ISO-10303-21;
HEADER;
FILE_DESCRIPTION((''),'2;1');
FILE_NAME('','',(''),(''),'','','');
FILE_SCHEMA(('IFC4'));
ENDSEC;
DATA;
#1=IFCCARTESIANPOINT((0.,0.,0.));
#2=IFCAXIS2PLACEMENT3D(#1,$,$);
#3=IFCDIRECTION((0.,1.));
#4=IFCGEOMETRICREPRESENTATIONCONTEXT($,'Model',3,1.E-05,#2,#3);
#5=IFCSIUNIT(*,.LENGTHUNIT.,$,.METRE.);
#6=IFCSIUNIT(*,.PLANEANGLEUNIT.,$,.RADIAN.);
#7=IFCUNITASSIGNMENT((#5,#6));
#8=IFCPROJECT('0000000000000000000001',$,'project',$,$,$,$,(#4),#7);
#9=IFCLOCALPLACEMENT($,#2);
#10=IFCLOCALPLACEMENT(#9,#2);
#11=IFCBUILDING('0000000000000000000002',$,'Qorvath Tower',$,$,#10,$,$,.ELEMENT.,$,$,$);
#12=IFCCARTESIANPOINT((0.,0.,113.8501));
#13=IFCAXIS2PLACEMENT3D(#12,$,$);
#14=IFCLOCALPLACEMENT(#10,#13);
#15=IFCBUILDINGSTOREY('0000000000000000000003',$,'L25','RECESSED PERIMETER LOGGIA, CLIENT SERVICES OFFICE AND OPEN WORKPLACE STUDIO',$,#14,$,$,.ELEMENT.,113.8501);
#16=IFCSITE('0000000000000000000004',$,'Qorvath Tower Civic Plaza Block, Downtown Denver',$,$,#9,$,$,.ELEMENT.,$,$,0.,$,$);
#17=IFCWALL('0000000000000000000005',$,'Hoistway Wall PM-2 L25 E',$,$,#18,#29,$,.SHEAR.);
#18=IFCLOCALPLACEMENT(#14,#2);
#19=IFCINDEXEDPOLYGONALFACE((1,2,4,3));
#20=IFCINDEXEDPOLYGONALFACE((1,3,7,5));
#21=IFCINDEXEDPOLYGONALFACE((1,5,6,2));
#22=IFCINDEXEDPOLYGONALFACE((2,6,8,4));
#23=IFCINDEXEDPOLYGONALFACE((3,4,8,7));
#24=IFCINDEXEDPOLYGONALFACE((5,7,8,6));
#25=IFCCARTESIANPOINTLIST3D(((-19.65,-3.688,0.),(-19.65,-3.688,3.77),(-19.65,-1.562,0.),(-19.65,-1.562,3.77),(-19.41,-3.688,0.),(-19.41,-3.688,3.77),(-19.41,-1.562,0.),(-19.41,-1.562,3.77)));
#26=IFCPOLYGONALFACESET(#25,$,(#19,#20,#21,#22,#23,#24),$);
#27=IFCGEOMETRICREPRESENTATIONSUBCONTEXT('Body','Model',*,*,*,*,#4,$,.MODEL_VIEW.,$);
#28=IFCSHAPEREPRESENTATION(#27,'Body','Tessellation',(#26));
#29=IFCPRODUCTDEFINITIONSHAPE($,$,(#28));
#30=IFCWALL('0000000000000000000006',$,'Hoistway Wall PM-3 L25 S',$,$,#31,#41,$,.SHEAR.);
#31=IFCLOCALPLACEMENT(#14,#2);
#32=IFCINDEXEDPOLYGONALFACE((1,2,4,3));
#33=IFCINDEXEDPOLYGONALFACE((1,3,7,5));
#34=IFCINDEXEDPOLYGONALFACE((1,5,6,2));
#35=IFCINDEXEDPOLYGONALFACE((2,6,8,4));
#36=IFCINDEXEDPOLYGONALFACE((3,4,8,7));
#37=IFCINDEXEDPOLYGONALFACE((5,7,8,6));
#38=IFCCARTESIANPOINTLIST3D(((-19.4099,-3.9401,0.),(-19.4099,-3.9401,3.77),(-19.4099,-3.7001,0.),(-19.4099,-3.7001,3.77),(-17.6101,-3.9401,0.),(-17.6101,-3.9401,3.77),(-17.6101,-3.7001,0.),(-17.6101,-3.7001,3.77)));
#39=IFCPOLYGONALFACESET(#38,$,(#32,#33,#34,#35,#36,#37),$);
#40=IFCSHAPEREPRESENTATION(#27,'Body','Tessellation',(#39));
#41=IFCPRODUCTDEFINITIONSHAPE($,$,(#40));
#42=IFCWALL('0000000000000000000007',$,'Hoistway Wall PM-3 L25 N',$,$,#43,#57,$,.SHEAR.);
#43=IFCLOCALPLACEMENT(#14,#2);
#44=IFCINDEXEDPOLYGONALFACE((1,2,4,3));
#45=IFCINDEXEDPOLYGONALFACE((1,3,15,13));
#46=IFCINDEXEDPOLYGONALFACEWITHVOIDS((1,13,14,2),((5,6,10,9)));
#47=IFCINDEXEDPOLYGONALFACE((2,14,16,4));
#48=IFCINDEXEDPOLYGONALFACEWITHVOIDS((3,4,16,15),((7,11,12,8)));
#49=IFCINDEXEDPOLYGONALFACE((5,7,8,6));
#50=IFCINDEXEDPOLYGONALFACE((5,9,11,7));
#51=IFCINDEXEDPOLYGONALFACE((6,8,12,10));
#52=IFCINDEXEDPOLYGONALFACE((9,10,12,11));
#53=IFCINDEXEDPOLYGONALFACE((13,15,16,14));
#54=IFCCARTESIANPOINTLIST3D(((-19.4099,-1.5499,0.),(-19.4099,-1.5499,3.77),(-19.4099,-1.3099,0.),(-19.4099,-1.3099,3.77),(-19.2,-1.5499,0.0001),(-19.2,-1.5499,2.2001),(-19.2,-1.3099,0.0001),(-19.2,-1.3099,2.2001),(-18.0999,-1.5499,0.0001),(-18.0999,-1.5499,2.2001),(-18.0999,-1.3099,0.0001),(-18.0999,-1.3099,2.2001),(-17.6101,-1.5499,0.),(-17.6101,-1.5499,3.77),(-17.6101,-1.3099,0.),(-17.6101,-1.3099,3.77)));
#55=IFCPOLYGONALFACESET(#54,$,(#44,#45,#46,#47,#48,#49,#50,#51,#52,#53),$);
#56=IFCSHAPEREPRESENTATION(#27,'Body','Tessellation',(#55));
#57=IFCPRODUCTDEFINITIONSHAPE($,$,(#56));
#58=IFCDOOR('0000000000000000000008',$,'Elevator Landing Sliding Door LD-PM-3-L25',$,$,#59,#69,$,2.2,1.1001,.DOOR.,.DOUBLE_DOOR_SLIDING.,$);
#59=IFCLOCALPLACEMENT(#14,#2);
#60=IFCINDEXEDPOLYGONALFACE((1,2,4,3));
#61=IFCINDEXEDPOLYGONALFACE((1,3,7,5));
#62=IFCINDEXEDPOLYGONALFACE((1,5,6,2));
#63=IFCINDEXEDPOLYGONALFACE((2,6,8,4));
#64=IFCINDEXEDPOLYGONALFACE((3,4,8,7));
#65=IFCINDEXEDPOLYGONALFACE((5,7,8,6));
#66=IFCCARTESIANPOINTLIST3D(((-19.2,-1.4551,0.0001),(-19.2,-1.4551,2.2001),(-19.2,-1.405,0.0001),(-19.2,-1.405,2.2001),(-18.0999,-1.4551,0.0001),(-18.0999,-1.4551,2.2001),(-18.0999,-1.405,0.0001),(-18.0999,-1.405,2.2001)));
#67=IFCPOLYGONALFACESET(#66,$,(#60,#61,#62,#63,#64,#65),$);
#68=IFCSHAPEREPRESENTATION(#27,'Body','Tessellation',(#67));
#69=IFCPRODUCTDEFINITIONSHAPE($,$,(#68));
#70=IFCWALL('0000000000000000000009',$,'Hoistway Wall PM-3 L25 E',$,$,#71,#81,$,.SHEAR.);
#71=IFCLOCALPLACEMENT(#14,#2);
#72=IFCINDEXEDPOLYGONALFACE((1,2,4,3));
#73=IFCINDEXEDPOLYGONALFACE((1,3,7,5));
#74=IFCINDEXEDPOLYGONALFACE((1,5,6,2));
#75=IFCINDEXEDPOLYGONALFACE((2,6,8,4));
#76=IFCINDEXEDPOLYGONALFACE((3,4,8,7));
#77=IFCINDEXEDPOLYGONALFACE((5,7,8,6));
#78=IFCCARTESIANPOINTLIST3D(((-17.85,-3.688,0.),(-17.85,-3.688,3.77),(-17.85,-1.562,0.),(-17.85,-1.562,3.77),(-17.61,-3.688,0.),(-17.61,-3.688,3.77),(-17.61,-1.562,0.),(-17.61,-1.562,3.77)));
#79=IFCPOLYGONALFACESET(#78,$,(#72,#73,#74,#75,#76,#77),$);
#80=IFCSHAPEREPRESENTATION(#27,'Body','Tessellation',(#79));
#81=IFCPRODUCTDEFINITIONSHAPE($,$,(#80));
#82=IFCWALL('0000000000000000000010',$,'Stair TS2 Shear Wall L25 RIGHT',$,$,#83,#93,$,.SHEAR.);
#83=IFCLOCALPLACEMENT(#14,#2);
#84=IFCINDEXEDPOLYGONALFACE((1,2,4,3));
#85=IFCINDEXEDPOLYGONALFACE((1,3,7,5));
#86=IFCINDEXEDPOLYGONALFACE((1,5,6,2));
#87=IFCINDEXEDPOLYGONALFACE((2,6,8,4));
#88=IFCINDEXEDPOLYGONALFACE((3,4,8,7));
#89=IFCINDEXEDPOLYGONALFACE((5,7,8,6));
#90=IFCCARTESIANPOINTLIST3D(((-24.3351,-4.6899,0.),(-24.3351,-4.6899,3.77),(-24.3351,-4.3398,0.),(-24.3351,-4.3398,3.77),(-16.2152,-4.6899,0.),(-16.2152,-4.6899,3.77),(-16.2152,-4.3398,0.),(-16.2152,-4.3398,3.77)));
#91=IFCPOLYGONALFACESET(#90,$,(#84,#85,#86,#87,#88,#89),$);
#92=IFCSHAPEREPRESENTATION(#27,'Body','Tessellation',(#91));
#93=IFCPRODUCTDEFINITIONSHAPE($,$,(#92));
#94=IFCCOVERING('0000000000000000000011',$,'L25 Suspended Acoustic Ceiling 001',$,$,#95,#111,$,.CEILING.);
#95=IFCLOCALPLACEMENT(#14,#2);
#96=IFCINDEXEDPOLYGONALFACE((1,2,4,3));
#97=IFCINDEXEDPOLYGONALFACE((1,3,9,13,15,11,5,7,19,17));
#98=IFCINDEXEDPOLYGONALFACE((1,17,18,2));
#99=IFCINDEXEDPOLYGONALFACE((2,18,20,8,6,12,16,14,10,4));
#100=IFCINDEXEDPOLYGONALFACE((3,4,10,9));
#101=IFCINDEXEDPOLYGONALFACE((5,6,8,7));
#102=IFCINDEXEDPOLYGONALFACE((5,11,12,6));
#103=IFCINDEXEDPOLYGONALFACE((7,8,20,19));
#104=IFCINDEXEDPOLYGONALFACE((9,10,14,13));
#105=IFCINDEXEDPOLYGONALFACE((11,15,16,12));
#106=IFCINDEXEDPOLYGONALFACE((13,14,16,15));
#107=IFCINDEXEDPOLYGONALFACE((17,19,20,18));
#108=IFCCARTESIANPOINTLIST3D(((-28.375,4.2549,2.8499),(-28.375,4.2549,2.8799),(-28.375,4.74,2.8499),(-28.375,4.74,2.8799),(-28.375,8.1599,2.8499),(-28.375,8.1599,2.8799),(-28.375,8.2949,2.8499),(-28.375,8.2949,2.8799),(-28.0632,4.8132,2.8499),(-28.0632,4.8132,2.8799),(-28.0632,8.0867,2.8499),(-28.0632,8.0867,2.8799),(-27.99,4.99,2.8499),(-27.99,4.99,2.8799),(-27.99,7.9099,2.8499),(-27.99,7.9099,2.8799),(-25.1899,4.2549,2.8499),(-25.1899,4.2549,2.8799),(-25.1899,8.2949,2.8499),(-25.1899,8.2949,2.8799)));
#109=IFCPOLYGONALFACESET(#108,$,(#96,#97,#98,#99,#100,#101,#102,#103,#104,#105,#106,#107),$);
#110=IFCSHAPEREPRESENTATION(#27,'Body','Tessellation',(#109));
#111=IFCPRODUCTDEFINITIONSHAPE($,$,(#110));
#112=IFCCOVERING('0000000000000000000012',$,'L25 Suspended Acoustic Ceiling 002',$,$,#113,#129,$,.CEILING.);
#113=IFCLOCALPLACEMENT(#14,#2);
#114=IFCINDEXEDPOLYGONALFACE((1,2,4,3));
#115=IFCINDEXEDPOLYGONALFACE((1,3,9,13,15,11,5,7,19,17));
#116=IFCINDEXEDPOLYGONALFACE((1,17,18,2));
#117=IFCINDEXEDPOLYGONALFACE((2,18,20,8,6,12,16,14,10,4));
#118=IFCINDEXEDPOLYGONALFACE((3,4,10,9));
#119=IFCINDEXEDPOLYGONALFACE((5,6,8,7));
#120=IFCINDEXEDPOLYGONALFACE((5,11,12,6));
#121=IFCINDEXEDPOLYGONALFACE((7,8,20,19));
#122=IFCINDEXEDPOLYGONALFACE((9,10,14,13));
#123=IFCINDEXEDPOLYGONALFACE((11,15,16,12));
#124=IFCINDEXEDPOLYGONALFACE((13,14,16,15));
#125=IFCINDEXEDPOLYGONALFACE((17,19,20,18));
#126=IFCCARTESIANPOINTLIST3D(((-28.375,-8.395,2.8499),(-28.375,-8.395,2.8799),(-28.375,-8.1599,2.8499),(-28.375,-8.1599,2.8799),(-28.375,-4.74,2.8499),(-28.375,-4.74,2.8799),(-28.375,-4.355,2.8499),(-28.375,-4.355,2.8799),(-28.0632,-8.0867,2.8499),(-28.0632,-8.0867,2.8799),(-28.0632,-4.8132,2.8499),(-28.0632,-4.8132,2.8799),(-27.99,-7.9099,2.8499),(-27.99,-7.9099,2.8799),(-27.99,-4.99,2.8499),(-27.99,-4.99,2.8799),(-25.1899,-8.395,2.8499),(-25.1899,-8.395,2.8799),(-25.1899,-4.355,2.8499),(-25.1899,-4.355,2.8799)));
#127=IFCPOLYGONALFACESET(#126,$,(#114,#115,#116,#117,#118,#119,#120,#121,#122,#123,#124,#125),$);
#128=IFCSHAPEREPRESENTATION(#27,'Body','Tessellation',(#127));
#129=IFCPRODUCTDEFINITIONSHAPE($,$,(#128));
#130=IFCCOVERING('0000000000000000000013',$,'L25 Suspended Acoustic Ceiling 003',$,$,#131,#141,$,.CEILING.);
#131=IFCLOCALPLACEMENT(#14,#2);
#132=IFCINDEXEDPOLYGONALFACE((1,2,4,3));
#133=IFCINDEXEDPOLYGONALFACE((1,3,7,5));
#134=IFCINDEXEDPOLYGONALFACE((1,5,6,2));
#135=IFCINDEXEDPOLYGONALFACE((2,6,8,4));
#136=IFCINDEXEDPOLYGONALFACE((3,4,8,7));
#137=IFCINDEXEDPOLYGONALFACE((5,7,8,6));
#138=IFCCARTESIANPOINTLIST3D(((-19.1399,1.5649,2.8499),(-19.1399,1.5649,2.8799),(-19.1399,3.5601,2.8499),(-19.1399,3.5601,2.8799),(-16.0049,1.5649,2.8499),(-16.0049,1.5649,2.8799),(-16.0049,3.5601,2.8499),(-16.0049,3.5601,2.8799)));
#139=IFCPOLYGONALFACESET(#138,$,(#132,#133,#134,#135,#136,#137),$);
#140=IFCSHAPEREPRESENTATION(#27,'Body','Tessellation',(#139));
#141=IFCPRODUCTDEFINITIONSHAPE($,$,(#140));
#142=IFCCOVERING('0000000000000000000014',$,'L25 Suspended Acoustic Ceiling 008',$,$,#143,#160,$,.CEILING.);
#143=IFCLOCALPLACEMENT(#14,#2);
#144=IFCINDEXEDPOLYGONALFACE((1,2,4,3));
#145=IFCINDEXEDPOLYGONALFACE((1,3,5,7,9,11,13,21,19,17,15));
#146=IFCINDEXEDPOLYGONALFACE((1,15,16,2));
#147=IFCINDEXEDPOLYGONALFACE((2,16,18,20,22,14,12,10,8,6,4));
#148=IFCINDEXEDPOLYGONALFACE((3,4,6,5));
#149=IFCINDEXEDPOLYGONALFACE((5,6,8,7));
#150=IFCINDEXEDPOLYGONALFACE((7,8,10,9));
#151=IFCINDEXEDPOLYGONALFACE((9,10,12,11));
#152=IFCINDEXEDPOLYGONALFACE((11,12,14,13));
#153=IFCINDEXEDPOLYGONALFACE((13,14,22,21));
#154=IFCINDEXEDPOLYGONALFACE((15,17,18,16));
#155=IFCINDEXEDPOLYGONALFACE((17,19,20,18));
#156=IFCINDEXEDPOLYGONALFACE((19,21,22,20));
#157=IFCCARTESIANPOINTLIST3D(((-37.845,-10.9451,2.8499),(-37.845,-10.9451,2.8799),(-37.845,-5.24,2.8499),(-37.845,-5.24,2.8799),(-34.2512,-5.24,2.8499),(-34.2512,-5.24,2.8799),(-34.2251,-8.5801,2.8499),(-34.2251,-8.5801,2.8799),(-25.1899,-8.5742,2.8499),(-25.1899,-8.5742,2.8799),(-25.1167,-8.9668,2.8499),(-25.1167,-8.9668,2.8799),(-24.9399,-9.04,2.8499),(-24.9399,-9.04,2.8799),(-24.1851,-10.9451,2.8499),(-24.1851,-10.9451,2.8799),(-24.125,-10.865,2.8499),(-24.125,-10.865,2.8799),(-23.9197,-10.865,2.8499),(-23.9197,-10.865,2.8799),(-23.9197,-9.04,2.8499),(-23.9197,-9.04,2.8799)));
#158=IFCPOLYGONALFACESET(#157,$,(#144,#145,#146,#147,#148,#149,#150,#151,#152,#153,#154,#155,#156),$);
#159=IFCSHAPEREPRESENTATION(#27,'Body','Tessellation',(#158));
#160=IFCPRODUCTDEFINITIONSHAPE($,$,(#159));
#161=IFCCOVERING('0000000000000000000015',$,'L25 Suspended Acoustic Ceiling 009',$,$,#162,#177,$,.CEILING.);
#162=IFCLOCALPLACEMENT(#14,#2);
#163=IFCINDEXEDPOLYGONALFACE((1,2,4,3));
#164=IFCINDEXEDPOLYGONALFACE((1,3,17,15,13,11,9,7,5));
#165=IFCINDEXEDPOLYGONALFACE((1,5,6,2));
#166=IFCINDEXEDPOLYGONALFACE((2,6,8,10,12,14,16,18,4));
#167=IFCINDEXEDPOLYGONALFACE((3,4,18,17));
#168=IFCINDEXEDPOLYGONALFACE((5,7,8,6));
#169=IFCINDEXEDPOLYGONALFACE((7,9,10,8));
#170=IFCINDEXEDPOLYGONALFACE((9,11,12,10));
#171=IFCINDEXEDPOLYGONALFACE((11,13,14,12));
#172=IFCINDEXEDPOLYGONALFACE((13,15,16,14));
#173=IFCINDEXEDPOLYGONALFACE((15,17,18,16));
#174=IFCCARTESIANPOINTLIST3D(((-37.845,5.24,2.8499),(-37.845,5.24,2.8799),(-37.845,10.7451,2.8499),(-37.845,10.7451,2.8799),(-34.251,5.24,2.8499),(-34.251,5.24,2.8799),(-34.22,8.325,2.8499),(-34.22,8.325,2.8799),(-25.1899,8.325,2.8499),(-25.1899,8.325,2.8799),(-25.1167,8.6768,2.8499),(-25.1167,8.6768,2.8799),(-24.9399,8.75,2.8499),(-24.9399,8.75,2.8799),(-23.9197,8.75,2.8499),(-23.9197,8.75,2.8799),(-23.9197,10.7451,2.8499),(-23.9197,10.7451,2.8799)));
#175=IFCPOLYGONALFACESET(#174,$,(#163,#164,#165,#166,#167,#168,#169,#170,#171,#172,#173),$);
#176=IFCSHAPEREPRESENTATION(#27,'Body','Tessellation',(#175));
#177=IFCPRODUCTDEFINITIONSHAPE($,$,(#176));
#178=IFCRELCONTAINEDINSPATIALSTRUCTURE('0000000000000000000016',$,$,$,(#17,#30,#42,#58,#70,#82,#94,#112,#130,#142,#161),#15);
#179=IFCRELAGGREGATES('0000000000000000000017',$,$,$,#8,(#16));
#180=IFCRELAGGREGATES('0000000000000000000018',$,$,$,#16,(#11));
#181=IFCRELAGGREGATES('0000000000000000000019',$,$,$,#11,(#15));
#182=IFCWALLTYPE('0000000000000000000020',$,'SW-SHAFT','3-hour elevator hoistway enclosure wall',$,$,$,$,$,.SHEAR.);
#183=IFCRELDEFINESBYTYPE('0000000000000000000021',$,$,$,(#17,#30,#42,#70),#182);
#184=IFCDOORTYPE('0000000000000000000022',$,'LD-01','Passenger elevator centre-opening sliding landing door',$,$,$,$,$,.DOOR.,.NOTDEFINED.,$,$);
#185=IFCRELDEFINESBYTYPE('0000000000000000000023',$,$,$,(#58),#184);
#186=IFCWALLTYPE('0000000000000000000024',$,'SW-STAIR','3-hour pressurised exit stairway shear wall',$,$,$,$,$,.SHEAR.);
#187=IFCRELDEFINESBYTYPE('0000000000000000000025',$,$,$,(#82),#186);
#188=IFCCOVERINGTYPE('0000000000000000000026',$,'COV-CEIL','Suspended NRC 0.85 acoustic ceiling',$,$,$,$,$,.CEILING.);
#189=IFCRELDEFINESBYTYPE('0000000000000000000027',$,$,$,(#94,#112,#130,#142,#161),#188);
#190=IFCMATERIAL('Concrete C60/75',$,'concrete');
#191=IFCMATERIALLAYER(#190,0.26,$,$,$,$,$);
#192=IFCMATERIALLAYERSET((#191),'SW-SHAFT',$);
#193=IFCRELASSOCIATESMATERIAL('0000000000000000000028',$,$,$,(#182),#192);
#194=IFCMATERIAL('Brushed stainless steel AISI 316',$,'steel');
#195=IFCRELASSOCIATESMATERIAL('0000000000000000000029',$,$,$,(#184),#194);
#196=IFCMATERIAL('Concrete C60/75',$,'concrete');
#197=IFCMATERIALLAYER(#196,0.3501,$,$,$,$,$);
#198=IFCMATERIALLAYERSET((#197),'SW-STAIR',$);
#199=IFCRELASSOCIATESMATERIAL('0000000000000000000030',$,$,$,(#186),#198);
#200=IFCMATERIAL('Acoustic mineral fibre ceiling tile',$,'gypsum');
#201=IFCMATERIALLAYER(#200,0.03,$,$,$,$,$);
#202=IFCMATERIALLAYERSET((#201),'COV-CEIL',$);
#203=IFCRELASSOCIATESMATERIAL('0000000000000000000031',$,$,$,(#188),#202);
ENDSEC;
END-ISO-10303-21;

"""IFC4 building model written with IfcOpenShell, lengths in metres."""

from ifc_helpers import new_model, si_unit, direction, frame, frame_2d, origin, place, context, subcontext, project, spatial, polyline, rectangle, outline, extrude, material, layer, layer_set, type_object, element, fill, save


model = new_model("IFC4")

# Units and contexts
model_context = context("Model", 3, precision=1e-05, world=origin(), true_north=direction((0.0, 1.0)))
body_context = subcontext(model_context, "Body", "Model", "MODEL_VIEW")
ifc_project = project(units=[si_unit("LENGTHUNIT", "METRE"), si_unit("PLANEANGLEUNIT", "RADIAN")], contexts=[model_context])

# Site, building, storey
site_placement = place(None, origin())
site = spatial("IfcSite", under=ifc_project, at=site_placement, Name="Qorvath Tower Civic Plaza Block, Downtown Denver", CompositionType="ELEMENT", RefElevation=0.0)
building_placement = place(site_placement, origin())
building = spatial("IfcBuilding", under=site, at=building_placement, Name="Qorvath Tower", CompositionType="ELEMENT")
storey_placement = place(building_placement, frame((0.0, 0.0, 113.8501)))
storey = spatial("IfcBuildingStorey", under=building, at=storey_placement, Name="L25", Description="RECESSED PERIMETER LOGGIA, CLIENT SERVICES OFFICE AND OPEN WORKPLACE STUDIO", CompositionType="ELEMENT", Elevation=113.8501)

# Walls
ifc_material_1 = material(Name="Concrete C60/75", Category="concrete")
ifc_layer_1 = layer(ifc_material_1, 0.26)
ifc_layer_set_1 = layer_set([ifc_layer_1], Name="SW-SHAFT")
wall_type_1 = type_object("IfcWallType", Name="SW-SHAFT", Description="3-hour elevator hoistway enclosure wall", PredefinedType="SHEAR", material=ifc_layer_set_1)
wall_1_placement = place(storey_placement, frame((-19.53, -1.562, 0.0), z_axis=(0.0, 0.0, 1.0), x_axis=(0.0, -1.0, 0.0)))
element("IfcWall", 1, at=wall_1_placement, inside=storey, type_object=wall_type_1, Name="Hoistway Wall PM-2 L25 E", PredefinedType="SHEAR", context=body_context, shape_type="SweptSolid", body=[
    extrude(rectangle(XDim=2.126, YDim=0.24, at=frame_2d((1.063, 0.0))), origin(), (0.0, 0.0, 1.0), 3.77),
])
wall_2_placement = place(storey_placement, frame((-17.6101, -3.8201, 0.0), z_axis=(0.0, 0.0, 1.0), x_axis=(-1.0, 0.0, 0.0)))
element("IfcWall", 2, at=wall_2_placement, inside=storey, type_object=wall_type_1, Name="Hoistway Wall PM-3 L25 S", PredefinedType="SHEAR", context=body_context, shape_type="SweptSolid", body=[
    extrude(rectangle(XDim=1.7998, YDim=0.24, at=frame_2d((0.8999, 0.0))), origin(), (0.0, 0.0, 1.0), 3.77),
])

# Wall, opening, door
wall_3_placement = place(storey_placement, frame((-19.4099, -1.4299, 0.0), z_axis=(0.0, 0.0, 1.0), x_axis=(1.0, 0.0, 0.0)))
wall_3 = element("IfcWall", 3, at=wall_3_placement, inside=storey, type_object=wall_type_1, Name="Hoistway Wall PM-3 L25 N", PredefinedType="SHEAR", context=body_context, shape_type="SweptSolid", body=[
    extrude(rectangle(XDim=1.7998, YDim=0.24, at=frame_2d((0.8999, 0.0))), origin(), (0.0, 0.0, 1.0), 3.77),
])
opening_placement = place(wall_3_placement, frame((0.21, 0.0, 0.0)))
opening = element("IfcOpeningElement", 4, at=opening_placement, cuts=wall_3, PredefinedType="OPENING", context=body_context, shape_type="SweptSolid", body=[
    extrude(rectangle(XDim=1.1001, YDim=2.2, at=frame_2d((0.55, 1.1001))), frame((0.0, 0.1299, 0.0), z_axis=(0.0, -1.0, 0.0), x_axis=(1.0, 0.0, 0.0)), (0.0, 0.0, 1.0), 0.26),
])
ifc_material_2 = material(Name="Brushed stainless steel AISI 316", Category="steel")
door_type = type_object("IfcDoorType", Name="LD-01", Description="Passenger elevator centre-opening sliding landing door", OperationType="NOTDEFINED", PredefinedType="DOOR", material=ifc_material_2)
door_placement = place(opening_placement, origin())
door = element("IfcDoor", 5, at=door_placement, inside=storey, type_object=door_type, Name="Elevator Landing Sliding Door LD-PM-3-L25", OperationType="DOUBLE_DOOR_SLIDING", OverallHeight=2.2, OverallWidth=1.1001, PredefinedType="DOOR", context=body_context, shape_type="SweptSolid", body=[
    extrude(rectangle(XDim=1.1001, YDim=2.2, at=frame_2d((0.55, 1.1001))), frame((0.0, 0.0249, 0.0), z_axis=(0.0, -1.0, 0.0), x_axis=(1.0, 0.0, 0.0)), (0.0, 0.0, 1.0), 0.05),
])
fill(opening, door)

# Walls
wall_4_placement = place(storey_placement, frame((-17.73, -1.562, 0.0), z_axis=(0.0, 0.0, 1.0), x_axis=(0.0, -1.0, 0.0)))
element("IfcWall", 6, at=wall_4_placement, inside=storey, type_object=wall_type_1, Name="Hoistway Wall PM-3 L25 E", PredefinedType="SHEAR", context=body_context, shape_type="SweptSolid", body=[
    extrude(rectangle(XDim=2.126, YDim=0.24, at=frame_2d((1.063, 0.0))), origin(), (0.0, 0.0, 1.0), 3.77),
])
ifc_material_3 = material(Name="Concrete C60/75", Category="concrete")
ifc_layer_2 = layer(ifc_material_3, 0.3501)
ifc_layer_set_2 = layer_set([ifc_layer_2], Name="SW-STAIR")
wall_type_2 = type_object("IfcWallType", Name="SW-STAIR", Description="3-hour pressurised exit stairway shear wall", PredefinedType="SHEAR", material=ifc_layer_set_2)
wall_5_placement = place(storey_placement, frame((-16.2151, -4.5149, 0.0), z_axis=(0.0, 0.0, 1.0), x_axis=(-1.0, 0.0, 0.0)))
element("IfcWall", 7, at=wall_5_placement, inside=storey, type_object=wall_type_2, Name="Stair TS2 Shear Wall L25 RIGHT", PredefinedType="SHEAR", context=body_context, shape_type="SweptSolid", body=[
    extrude(rectangle(XDim=8.1199, YDim=0.3501, at=frame_2d((4.0601, 0.0))), origin(), (0.0, 0.0, 1.0), 3.77),
])

# Coverings
ifc_material_4 = material(Name="Acoustic mineral fibre ceiling tile", Category="gypsum")
ifc_layer_3 = layer(ifc_material_4, 0.03)
ifc_layer_set_3 = layer_set([ifc_layer_3], Name="COV-CEIL")
covering_type_1 = type_object("IfcCoveringType", Name="COV-CEIL", Description="Suspended NRC 0.85 acoustic ceiling", PredefinedType="CEILING", material=ifc_layer_set_3)
covering_1_placement = place(storey_placement, frame((0.0, 0.0, 2.8499)))
element("IfcCovering", 8, at=covering_1_placement, inside=storey, type_object=covering_type_1, Name="L25 Suspended Acoustic Ceiling 001", PredefinedType="CEILING", context=body_context, shape_type="SweptSolid", body=[
    extrude(outline(polyline([(-25.1899, 4.2549), (-25.1899, 8.2949), (-28.375, 8.2949), (-28.375, 8.1599), (-28.0632, 8.0867), (-27.99, 7.9099), (-27.99, 4.99), (-28.0632, 4.8132), (-28.375, 4.74), (-28.375, 4.2549), (-25.1899, 4.2549)])), origin(), (0.0, 0.0, 1.0), 0.03),
])
covering_2_placement = place(storey_placement, frame((0.0, 0.0, 2.8499)))
element("IfcCovering", 9, at=covering_2_placement, inside=storey, type_object=covering_type_1, Name="L25 Suspended Acoustic Ceiling 002", PredefinedType="CEILING", context=body_context, shape_type="SweptSolid", body=[
    extrude(outline(polyline([(-25.1899, -8.395), (-25.1899, -4.355), (-28.375, -4.355), (-28.375, -4.74), (-28.0632, -4.8132), (-27.99, -4.99), (-27.99, -7.9099), (-28.0632, -8.0867), (-28.375, -8.1599), (-28.375, -8.395), (-25.1899, -8.395)])), origin(), (0.0, 0.0, 1.0), 0.03),
])
covering_3_placement = place(storey_placement, frame((0.0, 0.0, 2.8499)))
element("IfcCovering", 10, at=covering_3_placement, inside=storey, type_object=covering_type_1, Name="L25 Suspended Acoustic Ceiling 003", PredefinedType="CEILING", context=body_context, shape_type="SweptSolid", body=[
    extrude(outline(polyline([(-16.0049, 3.5601), (-19.1399, 3.5601), (-19.1399, 1.5649), (-16.0049, 1.5649), (-16.0049, 3.5601)])), origin(), (0.0, 0.0, 1.0), 0.03),
])
covering_4_placement = place(storey_placement, frame((0.0, 0.0, 2.8499)))
element("IfcCovering", 11, at=covering_4_placement, inside=storey, type_object=covering_type_1, Name="L25 Suspended Acoustic Ceiling 008", PredefinedType="CEILING", context=body_context, shape_type="SweptSolid", body=[
    extrude(outline(polyline([(-34.2251, -8.5801), (-34.2512, -5.24), (-37.845, -5.24), (-37.845, -10.9451), (-24.1851, -10.9451), (-24.125, -10.865), (-23.9197, -10.865), (-23.9197, -9.04), (-24.9399, -9.04), (-25.1167, -8.9668), (-25.1899, -8.5742), (-34.2251, -8.5801)])), origin(), (0.0, 0.0, 1.0), 0.03),
])
covering_5_placement = place(storey_placement, frame((0.0, 0.0, 2.8499)))
element("IfcCovering", 12, at=covering_5_placement, inside=storey, type_object=covering_type_1, Name="L25 Suspended Acoustic Ceiling 009", PredefinedType="CEILING", context=body_context, shape_type="SweptSolid", body=[
    extrude(outline(polyline([(-23.9197, 8.75), (-23.9197, 10.7451), (-37.845, 10.7451), (-37.845, 5.24), (-34.251, 5.24), (-34.22, 8.325), (-25.1899, 8.325), (-25.1167, 8.6768), (-24.9399, 8.75), (-23.9197, 8.75)])), origin(), (0.0, 0.0, 1.0), 0.03),
])

save(model, "model.ifc")
